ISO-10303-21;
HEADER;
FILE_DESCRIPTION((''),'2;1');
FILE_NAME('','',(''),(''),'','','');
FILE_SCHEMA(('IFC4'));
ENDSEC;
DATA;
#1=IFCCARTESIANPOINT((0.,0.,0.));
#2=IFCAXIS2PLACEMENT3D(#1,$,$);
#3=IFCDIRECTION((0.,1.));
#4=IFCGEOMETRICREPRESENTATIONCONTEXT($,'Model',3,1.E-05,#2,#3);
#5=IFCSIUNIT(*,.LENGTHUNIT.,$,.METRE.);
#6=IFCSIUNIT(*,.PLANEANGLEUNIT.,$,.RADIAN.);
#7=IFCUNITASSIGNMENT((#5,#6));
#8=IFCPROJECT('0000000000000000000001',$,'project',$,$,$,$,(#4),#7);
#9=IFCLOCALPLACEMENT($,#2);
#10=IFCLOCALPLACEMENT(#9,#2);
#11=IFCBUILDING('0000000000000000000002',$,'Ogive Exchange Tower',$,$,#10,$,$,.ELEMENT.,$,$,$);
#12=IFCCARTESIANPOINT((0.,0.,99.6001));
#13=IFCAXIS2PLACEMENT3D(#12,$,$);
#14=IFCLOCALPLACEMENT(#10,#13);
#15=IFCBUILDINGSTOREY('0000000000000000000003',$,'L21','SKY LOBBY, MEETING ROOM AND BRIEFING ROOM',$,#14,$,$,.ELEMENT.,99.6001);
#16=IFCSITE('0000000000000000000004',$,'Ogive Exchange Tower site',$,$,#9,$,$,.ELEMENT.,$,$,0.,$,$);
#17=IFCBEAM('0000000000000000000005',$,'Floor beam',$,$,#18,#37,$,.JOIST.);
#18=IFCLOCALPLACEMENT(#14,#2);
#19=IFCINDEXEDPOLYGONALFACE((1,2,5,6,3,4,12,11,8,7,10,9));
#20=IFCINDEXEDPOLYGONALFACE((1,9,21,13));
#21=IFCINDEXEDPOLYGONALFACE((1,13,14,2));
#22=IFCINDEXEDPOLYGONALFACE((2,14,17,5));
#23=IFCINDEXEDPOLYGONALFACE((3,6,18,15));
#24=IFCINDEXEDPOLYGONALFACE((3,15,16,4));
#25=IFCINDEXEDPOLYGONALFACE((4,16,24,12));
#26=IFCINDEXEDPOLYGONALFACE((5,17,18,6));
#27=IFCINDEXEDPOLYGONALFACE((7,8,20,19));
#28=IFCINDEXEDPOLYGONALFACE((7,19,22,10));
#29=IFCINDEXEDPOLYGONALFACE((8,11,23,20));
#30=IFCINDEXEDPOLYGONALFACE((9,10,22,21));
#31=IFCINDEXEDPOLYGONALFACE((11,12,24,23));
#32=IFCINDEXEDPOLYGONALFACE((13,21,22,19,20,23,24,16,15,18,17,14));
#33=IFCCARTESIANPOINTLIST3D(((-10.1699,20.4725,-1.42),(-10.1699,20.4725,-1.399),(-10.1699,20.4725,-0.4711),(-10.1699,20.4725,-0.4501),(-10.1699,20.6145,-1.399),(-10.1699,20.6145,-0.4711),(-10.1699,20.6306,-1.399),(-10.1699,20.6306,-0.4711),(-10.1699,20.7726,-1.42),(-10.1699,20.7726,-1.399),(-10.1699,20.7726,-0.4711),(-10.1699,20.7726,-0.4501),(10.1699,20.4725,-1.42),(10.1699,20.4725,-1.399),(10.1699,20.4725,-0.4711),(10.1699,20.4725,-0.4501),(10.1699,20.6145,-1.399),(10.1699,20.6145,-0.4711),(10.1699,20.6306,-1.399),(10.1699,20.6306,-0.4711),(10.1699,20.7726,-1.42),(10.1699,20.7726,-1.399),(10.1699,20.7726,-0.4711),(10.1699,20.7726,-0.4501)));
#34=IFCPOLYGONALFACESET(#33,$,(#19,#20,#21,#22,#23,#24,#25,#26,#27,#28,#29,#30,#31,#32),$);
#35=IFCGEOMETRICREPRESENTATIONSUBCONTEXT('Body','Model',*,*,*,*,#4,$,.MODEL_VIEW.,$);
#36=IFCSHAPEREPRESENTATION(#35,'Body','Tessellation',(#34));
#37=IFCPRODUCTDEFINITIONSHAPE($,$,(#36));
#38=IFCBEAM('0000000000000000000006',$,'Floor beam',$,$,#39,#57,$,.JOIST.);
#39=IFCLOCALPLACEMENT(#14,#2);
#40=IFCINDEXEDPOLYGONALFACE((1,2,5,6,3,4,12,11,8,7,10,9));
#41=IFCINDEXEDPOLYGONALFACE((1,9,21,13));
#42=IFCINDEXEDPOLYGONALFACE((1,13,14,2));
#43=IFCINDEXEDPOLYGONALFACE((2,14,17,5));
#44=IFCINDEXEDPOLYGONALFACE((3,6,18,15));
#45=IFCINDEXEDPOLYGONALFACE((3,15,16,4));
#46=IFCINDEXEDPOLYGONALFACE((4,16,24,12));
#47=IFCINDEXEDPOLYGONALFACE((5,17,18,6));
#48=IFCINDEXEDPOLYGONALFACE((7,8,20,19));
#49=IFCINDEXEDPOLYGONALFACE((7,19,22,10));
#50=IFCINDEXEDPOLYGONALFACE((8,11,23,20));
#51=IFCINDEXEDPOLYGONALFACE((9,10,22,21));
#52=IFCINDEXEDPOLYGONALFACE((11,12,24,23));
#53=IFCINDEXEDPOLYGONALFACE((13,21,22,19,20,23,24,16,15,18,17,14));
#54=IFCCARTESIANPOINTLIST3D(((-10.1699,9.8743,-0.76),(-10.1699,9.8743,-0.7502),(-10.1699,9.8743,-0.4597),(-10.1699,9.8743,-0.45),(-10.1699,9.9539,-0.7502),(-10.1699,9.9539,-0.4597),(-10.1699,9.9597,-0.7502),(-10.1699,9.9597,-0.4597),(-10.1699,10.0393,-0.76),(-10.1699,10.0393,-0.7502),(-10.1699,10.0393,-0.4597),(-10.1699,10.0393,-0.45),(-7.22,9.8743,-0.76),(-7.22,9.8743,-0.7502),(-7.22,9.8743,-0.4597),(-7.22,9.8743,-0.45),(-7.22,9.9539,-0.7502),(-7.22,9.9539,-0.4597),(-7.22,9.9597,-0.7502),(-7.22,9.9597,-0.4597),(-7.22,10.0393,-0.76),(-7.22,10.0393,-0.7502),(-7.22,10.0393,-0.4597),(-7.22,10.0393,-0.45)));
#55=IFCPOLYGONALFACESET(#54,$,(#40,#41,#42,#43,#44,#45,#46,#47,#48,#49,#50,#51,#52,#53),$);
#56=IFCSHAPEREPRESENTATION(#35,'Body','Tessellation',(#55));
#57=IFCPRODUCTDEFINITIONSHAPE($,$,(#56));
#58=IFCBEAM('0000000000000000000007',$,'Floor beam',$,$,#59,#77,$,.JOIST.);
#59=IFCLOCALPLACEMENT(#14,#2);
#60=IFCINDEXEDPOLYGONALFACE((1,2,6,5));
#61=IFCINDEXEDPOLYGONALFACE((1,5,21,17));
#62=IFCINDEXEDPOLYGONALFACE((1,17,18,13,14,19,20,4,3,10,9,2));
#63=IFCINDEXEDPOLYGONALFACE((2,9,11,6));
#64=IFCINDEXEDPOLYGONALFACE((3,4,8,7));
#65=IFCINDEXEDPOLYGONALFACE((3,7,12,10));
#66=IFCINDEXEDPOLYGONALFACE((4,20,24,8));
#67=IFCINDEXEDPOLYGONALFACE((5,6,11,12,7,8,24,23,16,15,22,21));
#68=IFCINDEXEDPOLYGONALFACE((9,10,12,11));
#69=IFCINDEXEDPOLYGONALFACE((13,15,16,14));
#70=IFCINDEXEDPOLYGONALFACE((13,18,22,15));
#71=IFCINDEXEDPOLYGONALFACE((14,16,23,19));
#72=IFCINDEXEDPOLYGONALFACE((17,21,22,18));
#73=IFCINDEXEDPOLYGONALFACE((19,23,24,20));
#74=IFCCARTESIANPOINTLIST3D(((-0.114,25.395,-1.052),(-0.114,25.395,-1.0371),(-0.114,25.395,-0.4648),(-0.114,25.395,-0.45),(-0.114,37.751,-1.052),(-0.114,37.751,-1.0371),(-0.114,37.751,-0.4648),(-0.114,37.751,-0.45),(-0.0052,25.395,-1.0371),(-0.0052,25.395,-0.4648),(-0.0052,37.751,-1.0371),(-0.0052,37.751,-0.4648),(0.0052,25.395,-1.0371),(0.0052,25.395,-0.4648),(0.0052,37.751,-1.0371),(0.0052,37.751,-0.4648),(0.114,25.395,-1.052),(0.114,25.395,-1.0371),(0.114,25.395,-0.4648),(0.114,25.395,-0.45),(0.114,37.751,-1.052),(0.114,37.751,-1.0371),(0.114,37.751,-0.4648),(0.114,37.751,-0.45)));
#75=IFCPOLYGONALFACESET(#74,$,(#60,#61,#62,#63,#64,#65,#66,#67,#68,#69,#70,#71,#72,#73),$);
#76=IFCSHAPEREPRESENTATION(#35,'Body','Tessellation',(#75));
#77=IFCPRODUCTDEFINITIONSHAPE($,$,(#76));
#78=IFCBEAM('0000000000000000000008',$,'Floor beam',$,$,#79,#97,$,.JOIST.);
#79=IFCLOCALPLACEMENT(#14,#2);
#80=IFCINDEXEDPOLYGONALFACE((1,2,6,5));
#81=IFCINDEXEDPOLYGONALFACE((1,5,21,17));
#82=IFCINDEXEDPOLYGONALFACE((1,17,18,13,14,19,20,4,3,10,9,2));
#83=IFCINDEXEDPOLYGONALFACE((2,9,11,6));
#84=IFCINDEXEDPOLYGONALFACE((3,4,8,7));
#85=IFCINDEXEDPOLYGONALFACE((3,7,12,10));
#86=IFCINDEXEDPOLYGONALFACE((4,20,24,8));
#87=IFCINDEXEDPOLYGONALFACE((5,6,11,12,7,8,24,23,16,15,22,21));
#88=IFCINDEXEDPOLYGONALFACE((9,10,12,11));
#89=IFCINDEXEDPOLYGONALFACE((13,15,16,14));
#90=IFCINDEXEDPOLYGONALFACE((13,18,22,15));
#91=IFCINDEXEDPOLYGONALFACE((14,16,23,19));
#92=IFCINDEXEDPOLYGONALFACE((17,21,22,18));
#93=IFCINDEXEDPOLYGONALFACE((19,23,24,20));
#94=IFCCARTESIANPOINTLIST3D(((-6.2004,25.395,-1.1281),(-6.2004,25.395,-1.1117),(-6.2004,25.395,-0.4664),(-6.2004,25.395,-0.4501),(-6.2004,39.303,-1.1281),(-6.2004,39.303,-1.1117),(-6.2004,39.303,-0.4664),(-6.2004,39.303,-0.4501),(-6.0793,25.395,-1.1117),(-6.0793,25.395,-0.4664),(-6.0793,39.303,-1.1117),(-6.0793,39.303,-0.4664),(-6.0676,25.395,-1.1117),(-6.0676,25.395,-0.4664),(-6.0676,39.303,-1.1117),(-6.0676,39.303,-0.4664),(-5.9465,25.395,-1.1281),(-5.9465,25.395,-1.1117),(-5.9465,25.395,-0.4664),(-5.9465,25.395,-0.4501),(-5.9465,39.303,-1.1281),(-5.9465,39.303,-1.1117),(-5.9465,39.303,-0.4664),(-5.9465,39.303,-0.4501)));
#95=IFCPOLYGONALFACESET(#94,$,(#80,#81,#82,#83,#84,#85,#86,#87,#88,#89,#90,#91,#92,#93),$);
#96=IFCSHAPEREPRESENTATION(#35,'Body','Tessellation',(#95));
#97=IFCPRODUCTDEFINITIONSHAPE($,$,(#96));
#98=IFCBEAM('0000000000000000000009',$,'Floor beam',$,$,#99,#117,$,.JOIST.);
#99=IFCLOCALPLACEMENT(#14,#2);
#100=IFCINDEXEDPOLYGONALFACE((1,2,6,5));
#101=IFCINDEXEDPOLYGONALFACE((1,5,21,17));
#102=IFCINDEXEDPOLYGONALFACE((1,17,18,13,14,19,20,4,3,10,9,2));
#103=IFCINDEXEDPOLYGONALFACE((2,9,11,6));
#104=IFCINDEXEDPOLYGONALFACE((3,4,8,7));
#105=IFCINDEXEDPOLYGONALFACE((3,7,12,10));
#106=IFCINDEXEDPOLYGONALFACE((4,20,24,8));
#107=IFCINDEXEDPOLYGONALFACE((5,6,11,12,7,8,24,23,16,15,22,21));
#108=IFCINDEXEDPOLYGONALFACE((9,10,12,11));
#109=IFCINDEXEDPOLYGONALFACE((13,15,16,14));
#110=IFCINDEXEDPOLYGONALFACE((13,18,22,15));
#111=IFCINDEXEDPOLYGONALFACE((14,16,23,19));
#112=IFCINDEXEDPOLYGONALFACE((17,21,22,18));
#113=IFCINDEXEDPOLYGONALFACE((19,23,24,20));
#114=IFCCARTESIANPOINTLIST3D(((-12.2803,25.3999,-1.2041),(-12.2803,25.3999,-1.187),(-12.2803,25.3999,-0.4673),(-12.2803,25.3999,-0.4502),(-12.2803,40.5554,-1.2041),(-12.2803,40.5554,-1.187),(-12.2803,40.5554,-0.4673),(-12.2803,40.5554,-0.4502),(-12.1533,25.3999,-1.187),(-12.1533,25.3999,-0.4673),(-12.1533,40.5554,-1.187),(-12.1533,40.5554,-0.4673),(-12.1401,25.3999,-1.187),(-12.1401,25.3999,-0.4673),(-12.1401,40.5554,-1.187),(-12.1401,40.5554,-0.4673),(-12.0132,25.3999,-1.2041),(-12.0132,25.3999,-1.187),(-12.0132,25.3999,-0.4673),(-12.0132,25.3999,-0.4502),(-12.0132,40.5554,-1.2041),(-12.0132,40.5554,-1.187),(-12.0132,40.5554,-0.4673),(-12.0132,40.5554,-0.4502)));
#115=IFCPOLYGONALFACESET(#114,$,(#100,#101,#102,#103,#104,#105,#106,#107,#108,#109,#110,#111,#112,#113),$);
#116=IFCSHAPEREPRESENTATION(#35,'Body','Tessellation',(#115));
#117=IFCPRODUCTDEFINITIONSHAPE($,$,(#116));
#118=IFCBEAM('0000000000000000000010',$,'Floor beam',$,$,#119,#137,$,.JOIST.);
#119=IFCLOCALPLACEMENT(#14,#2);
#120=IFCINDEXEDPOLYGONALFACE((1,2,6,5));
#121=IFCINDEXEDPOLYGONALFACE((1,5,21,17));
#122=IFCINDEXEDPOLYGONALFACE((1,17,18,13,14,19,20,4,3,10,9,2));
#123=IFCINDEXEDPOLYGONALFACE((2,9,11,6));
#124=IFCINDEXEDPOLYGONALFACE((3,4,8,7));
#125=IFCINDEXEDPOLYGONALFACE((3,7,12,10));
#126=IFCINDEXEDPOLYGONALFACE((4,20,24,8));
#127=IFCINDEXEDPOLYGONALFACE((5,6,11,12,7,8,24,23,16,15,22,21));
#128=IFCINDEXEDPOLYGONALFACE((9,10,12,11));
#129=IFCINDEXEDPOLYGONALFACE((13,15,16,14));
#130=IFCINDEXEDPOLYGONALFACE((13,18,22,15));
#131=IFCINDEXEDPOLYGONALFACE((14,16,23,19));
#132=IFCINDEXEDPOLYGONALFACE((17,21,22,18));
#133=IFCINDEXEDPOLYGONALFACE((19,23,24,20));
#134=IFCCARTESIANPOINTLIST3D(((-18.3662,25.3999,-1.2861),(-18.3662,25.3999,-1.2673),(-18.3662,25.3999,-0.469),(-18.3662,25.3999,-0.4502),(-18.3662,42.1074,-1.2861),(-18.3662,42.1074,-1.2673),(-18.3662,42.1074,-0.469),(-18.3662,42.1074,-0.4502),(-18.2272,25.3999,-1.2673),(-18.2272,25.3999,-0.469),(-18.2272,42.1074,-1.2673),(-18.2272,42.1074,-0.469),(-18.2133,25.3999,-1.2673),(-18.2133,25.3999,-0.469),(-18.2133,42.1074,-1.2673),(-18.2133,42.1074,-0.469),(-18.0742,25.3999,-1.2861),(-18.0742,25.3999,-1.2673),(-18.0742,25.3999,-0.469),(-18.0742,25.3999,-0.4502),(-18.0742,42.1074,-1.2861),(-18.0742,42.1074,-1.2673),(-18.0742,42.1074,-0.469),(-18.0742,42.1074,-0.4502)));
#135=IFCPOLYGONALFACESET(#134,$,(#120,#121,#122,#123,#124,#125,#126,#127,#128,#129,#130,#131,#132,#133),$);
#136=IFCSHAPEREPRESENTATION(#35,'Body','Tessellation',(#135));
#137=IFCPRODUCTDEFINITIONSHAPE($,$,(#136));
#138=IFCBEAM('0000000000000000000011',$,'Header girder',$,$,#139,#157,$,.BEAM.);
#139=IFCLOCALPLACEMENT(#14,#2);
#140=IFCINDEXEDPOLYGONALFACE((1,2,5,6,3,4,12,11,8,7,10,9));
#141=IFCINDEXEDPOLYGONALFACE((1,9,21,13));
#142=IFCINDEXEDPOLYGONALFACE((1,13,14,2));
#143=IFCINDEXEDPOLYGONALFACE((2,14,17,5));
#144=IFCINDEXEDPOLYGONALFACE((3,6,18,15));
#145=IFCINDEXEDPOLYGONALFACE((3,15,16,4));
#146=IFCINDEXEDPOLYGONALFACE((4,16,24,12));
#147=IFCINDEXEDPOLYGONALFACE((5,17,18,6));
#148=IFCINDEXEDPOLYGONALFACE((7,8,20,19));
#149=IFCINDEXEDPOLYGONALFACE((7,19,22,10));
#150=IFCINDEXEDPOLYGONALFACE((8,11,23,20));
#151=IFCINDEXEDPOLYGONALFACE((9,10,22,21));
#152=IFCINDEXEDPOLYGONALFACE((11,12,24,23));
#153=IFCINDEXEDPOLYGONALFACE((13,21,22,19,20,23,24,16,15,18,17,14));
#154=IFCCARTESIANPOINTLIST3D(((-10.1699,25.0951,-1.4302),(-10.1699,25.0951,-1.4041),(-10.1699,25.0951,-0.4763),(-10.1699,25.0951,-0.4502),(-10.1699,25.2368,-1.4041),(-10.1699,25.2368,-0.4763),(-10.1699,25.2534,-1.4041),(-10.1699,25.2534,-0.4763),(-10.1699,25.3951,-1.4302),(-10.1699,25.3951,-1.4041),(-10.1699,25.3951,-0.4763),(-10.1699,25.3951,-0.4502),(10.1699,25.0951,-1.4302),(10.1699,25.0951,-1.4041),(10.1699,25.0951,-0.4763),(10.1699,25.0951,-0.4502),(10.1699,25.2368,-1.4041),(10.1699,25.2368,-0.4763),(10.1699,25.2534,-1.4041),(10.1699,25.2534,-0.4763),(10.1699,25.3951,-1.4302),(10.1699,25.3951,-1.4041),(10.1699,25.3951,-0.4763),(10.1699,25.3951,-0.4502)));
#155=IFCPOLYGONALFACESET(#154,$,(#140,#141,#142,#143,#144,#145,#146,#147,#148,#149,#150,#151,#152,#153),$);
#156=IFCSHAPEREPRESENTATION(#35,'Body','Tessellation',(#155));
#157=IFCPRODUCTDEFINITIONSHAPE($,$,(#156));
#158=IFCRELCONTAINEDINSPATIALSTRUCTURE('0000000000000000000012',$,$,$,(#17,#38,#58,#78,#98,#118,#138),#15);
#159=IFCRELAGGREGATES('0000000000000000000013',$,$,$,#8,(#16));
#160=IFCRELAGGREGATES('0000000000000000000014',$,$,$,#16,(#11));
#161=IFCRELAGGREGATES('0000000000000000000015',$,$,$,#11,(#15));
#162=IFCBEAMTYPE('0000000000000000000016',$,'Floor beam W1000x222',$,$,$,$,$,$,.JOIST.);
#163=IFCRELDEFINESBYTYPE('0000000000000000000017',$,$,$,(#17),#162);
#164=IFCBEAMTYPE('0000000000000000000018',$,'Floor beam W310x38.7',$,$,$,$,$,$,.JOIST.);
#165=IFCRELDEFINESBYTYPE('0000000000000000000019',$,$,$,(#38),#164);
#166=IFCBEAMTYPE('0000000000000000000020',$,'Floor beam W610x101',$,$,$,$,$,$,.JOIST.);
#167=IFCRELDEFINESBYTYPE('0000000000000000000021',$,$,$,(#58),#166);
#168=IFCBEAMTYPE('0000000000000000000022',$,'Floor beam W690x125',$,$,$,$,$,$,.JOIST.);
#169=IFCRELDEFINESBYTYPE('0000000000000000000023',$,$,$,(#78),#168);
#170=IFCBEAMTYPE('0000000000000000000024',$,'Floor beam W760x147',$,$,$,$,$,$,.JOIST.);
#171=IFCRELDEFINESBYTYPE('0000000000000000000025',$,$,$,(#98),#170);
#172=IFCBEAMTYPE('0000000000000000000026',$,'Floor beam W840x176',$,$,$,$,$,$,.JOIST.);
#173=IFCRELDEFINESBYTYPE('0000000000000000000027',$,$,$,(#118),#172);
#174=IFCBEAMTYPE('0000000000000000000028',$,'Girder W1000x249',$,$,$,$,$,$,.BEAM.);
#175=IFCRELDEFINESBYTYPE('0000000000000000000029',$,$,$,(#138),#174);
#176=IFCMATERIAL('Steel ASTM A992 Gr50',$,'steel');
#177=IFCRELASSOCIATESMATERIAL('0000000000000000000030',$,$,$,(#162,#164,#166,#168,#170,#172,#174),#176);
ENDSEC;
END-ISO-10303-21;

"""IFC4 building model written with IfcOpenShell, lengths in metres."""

from ifc_helpers import new_model, si_unit, direction, frame, origin, origin_2d, place, context, subcontext, project, spatial, i_section, extrude, material, material_profile, profile_set, type_object, element, save


model = new_model("IFC4")

# Units and contexts
model_context = context("Model", 3, precision=1e-05, world=origin(), true_north=direction((0.0, 1.0)))
body_context = subcontext(model_context, "Body", "Model", "MODEL_VIEW")
ifc_project = project(units=[si_unit("LENGTHUNIT", "METRE"), si_unit("PLANEANGLEUNIT", "RADIAN")], contexts=[model_context])

# Site, building, storey
site_placement = place(None, origin())
site = spatial("IfcSite", under=ifc_project, at=site_placement, Name="Ogive Exchange Tower site", CompositionType="ELEMENT", RefElevation=0.0)
building_placement = place(site_placement, origin())
building = spatial("IfcBuilding", under=site, at=building_placement, Name="Ogive Exchange Tower", CompositionType="ELEMENT")
storey_placement = place(building_placement, frame((0.0, 0.0, 99.6001)))
storey = spatial("IfcBuildingStorey", under=building, at=storey_placement, Name="L21", Description="SKY LOBBY, MEETING ROOM AND BRIEFING ROOM", CompositionType="ELEMENT", Elevation=99.6001)

# Beams
ifc_material_1 = material(Name="Steel ASTM A992 Gr50", Category="steel")
ifc_material_profile_1 = material_profile(ifc_material_1, i_section(OverallWidth=0.3, OverallDepth=0.97, WebThickness=0.0161, FlangeThickness=0.021, at=origin_2d()), Name="W1000x222")
ifc_profile_set_1 = profile_set([ifc_material_profile_1], Name="Steel ASTM A992 Gr50")
beam_type_1 = type_object("IfcBeamType", Name="Floor beam W1000x222", PredefinedType="JOIST", material=ifc_profile_set_1)
beam_1_placement = place(storey_placement, frame((-10.1699, 20.6226, -0.9351), z_axis=(1.0, 0.0, 0.0), x_axis=(0.0, 1.0, 0.0)))
element("IfcBeam", 1, at=beam_1_placement, inside=storey, type_object=beam_type_1, Name="Floor beam", PredefinedType="JOIST", context=body_context, shape_type="SweptSolid", body=[
    extrude(i_section(OverallWidth=0.3, OverallDepth=0.97, WebThickness=0.0161, FlangeThickness=0.021, at=origin_2d()), origin(), (0.0, 0.0, 1.0), 20.3398),
])
ifc_material_profile_2 = material_profile(ifc_material_1, i_section(OverallWidth=0.165, OverallDepth=0.3101, WebThickness=0.0059, FlangeThickness=0.0098, at=origin_2d()), Name="W310x38.7")
ifc_profile_set_2 = profile_set([ifc_material_profile_2], Name="Steel ASTM A992 Gr50")
beam_type_2 = type_object("IfcBeamType", Name="Floor beam W310x38.7", PredefinedType="JOIST", material=ifc_profile_set_2)
beam_2_placement = place(storey_placement, frame((-10.1699, 9.9568, -0.605), z_axis=(1.0, 0.0, 0.0), x_axis=(0.0, 1.0, 0.0)))
element("IfcBeam", 2, at=beam_2_placement, inside=storey, type_object=beam_type_2, Name="Floor beam", PredefinedType="JOIST", context=body_context, shape_type="SweptSolid", body=[
    extrude(i_section(OverallWidth=0.165, OverallDepth=0.3101, WebThickness=0.0059, FlangeThickness=0.0098, at=origin_2d()), origin(), (0.0, 0.0, 1.0), 2.95),
])
ifc_material_profile_3 = material_profile(ifc_material_1, i_section(OverallWidth=0.228, OverallDepth=0.6021, WebThickness=0.0105, FlangeThickness=0.0149, at=origin_2d()), Name="W610x101")
ifc_profile_set_3 = profile_set([ifc_material_profile_3], Name="Steel ASTM A992 Gr50")
beam_type_3 = type_object("IfcBeamType", Name="Floor beam W610x101", PredefinedType="JOIST", material=ifc_profile_set_3)
beam_3_placement = place(storey_placement, frame((0.0, 25.395, -0.751), z_axis=(0.0, 1.0, 0.0), x_axis=(-1.0, 0.0, 0.0)))
element("IfcBeam", 3, at=beam_3_placement, inside=storey, type_object=beam_type_3, Name="Floor beam", PredefinedType="JOIST", context=body_context, shape_type="SweptSolid", body=[
    extrude(i_section(OverallWidth=0.228, OverallDepth=0.6021, WebThickness=0.0105, FlangeThickness=0.0149, at=origin_2d()), origin(), (0.0, 0.0, 1.0), 12.356),
])
ifc_material_profile_4 = material_profile(ifc_material_1, i_section(OverallWidth=0.2539, OverallDepth=0.678, WebThickness=0.0117, FlangeThickness=0.0164, at=origin_2d()), Name="W690x125")
ifc_profile_set_4 = profile_set([ifc_material_profile_4], Name="Steel ASTM A992 Gr50")
beam_type_4 = type_object("IfcBeamType", Name="Floor beam W690x125", PredefinedType="JOIST", material=ifc_profile_set_4)
beam_4_placement = place(storey_placement, frame((-6.0735, 25.395, -0.7891), z_axis=(0.0, 1.0, 0.0), x_axis=(-1.0, 0.0, 0.0)))
element("IfcBeam", 4, at=beam_4_placement, inside=storey, type_object=beam_type_4, Name="Floor beam", PredefinedType="JOIST", context=body_context, shape_type="SweptSolid", body=[
    extrude(i_section(OverallWidth=0.2539, OverallDepth=0.678, WebThickness=0.0117, FlangeThickness=0.0164, at=origin_2d()), origin(), (0.0, 0.0, 1.0), 13.908),
])
ifc_material_profile_5 = material_profile(ifc_material_1, i_section(OverallWidth=0.2671, OverallDepth=0.7539, WebThickness=0.0132, FlangeThickness=0.0171, at=origin_2d()), Name="W760x147")
ifc_profile_set_5 = profile_set([ifc_material_profile_5], Name="Steel ASTM A992 Gr50")
beam_type_5 = type_object("IfcBeamType", Name="Floor beam W760x147", PredefinedType="JOIST", material=ifc_profile_set_5)
beam_5_placement = place(storey_placement, frame((-12.1467, 25.3999, -0.8271), z_axis=(0.0, 1.0, 0.0), x_axis=(-1.0, 0.0, 0.0)))
element("IfcBeam", 5, at=beam_5_placement, inside=storey, type_object=beam_type_5, Name="Floor beam", PredefinedType="JOIST", context=body_context, shape_type="SweptSolid", body=[
    extrude(i_section(OverallWidth=0.2671, OverallDepth=0.7539, WebThickness=0.0132, FlangeThickness=0.0171, at=origin_2d()), origin(), (0.0, 0.0, 1.0), 15.1555),
])
ifc_material_profile_6 = material_profile(ifc_material_1, i_section(OverallWidth=0.292, OverallDepth=0.8359, WebThickness=0.0139, FlangeThickness=0.0188, at=origin_2d()), Name="W840x176")
ifc_profile_set_6 = profile_set([ifc_material_profile_6], Name="Steel ASTM A992 Gr50")
beam_type_6 = type_object("IfcBeamType", Name="Floor beam W840x176", PredefinedType="JOIST", material=ifc_profile_set_6)
beam_6_placement = place(storey_placement, frame((-18.2202, 25.3999, -0.8682), z_axis=(0.0, 1.0, 0.0), x_axis=(-1.0, 0.0, 0.0)))
element("IfcBeam", 6, at=beam_6_placement, inside=storey, type_object=beam_type_6, Name="Floor beam", PredefinedType="JOIST", context=body_context, shape_type="SweptSolid", body=[
    extrude(i_section(OverallWidth=0.292, OverallDepth=0.8359, WebThickness=0.0139, FlangeThickness=0.0188, at=origin_2d()), origin(), (0.0, 0.0, 1.0), 16.7075),
])
ifc_material_profile_7 = material_profile(ifc_material_1, i_section(OverallWidth=0.3, OverallDepth=0.98, WebThickness=0.0166, FlangeThickness=0.0261, at=origin_2d()), Name="W1000x249")
ifc_profile_set_7 = profile_set([ifc_material_profile_7], Name="Steel ASTM A992 Gr50")
beam_type_7 = type_object("IfcBeamType", Name="Girder W1000x249", PredefinedType="BEAM", material=ifc_profile_set_7)
beam_7_placement = place(storey_placement, frame((-10.1699, 25.2451, -0.9402), z_axis=(1.0, 0.0, 0.0), x_axis=(0.0, 1.0, 0.0)))
element("IfcBeam", 7, at=beam_7_placement, inside=storey, type_object=beam_type_7, Name="Header girder", PredefinedType="BEAM", context=body_context, shape_type="SweptSolid", body=[
    extrude(i_section(OverallWidth=0.3, OverallDepth=0.98, WebThickness=0.0166, FlangeThickness=0.0261, at=origin_2d()), origin(), (0.0, 0.0, 1.0), 20.3398),
])

save(model, "model.ifc")
